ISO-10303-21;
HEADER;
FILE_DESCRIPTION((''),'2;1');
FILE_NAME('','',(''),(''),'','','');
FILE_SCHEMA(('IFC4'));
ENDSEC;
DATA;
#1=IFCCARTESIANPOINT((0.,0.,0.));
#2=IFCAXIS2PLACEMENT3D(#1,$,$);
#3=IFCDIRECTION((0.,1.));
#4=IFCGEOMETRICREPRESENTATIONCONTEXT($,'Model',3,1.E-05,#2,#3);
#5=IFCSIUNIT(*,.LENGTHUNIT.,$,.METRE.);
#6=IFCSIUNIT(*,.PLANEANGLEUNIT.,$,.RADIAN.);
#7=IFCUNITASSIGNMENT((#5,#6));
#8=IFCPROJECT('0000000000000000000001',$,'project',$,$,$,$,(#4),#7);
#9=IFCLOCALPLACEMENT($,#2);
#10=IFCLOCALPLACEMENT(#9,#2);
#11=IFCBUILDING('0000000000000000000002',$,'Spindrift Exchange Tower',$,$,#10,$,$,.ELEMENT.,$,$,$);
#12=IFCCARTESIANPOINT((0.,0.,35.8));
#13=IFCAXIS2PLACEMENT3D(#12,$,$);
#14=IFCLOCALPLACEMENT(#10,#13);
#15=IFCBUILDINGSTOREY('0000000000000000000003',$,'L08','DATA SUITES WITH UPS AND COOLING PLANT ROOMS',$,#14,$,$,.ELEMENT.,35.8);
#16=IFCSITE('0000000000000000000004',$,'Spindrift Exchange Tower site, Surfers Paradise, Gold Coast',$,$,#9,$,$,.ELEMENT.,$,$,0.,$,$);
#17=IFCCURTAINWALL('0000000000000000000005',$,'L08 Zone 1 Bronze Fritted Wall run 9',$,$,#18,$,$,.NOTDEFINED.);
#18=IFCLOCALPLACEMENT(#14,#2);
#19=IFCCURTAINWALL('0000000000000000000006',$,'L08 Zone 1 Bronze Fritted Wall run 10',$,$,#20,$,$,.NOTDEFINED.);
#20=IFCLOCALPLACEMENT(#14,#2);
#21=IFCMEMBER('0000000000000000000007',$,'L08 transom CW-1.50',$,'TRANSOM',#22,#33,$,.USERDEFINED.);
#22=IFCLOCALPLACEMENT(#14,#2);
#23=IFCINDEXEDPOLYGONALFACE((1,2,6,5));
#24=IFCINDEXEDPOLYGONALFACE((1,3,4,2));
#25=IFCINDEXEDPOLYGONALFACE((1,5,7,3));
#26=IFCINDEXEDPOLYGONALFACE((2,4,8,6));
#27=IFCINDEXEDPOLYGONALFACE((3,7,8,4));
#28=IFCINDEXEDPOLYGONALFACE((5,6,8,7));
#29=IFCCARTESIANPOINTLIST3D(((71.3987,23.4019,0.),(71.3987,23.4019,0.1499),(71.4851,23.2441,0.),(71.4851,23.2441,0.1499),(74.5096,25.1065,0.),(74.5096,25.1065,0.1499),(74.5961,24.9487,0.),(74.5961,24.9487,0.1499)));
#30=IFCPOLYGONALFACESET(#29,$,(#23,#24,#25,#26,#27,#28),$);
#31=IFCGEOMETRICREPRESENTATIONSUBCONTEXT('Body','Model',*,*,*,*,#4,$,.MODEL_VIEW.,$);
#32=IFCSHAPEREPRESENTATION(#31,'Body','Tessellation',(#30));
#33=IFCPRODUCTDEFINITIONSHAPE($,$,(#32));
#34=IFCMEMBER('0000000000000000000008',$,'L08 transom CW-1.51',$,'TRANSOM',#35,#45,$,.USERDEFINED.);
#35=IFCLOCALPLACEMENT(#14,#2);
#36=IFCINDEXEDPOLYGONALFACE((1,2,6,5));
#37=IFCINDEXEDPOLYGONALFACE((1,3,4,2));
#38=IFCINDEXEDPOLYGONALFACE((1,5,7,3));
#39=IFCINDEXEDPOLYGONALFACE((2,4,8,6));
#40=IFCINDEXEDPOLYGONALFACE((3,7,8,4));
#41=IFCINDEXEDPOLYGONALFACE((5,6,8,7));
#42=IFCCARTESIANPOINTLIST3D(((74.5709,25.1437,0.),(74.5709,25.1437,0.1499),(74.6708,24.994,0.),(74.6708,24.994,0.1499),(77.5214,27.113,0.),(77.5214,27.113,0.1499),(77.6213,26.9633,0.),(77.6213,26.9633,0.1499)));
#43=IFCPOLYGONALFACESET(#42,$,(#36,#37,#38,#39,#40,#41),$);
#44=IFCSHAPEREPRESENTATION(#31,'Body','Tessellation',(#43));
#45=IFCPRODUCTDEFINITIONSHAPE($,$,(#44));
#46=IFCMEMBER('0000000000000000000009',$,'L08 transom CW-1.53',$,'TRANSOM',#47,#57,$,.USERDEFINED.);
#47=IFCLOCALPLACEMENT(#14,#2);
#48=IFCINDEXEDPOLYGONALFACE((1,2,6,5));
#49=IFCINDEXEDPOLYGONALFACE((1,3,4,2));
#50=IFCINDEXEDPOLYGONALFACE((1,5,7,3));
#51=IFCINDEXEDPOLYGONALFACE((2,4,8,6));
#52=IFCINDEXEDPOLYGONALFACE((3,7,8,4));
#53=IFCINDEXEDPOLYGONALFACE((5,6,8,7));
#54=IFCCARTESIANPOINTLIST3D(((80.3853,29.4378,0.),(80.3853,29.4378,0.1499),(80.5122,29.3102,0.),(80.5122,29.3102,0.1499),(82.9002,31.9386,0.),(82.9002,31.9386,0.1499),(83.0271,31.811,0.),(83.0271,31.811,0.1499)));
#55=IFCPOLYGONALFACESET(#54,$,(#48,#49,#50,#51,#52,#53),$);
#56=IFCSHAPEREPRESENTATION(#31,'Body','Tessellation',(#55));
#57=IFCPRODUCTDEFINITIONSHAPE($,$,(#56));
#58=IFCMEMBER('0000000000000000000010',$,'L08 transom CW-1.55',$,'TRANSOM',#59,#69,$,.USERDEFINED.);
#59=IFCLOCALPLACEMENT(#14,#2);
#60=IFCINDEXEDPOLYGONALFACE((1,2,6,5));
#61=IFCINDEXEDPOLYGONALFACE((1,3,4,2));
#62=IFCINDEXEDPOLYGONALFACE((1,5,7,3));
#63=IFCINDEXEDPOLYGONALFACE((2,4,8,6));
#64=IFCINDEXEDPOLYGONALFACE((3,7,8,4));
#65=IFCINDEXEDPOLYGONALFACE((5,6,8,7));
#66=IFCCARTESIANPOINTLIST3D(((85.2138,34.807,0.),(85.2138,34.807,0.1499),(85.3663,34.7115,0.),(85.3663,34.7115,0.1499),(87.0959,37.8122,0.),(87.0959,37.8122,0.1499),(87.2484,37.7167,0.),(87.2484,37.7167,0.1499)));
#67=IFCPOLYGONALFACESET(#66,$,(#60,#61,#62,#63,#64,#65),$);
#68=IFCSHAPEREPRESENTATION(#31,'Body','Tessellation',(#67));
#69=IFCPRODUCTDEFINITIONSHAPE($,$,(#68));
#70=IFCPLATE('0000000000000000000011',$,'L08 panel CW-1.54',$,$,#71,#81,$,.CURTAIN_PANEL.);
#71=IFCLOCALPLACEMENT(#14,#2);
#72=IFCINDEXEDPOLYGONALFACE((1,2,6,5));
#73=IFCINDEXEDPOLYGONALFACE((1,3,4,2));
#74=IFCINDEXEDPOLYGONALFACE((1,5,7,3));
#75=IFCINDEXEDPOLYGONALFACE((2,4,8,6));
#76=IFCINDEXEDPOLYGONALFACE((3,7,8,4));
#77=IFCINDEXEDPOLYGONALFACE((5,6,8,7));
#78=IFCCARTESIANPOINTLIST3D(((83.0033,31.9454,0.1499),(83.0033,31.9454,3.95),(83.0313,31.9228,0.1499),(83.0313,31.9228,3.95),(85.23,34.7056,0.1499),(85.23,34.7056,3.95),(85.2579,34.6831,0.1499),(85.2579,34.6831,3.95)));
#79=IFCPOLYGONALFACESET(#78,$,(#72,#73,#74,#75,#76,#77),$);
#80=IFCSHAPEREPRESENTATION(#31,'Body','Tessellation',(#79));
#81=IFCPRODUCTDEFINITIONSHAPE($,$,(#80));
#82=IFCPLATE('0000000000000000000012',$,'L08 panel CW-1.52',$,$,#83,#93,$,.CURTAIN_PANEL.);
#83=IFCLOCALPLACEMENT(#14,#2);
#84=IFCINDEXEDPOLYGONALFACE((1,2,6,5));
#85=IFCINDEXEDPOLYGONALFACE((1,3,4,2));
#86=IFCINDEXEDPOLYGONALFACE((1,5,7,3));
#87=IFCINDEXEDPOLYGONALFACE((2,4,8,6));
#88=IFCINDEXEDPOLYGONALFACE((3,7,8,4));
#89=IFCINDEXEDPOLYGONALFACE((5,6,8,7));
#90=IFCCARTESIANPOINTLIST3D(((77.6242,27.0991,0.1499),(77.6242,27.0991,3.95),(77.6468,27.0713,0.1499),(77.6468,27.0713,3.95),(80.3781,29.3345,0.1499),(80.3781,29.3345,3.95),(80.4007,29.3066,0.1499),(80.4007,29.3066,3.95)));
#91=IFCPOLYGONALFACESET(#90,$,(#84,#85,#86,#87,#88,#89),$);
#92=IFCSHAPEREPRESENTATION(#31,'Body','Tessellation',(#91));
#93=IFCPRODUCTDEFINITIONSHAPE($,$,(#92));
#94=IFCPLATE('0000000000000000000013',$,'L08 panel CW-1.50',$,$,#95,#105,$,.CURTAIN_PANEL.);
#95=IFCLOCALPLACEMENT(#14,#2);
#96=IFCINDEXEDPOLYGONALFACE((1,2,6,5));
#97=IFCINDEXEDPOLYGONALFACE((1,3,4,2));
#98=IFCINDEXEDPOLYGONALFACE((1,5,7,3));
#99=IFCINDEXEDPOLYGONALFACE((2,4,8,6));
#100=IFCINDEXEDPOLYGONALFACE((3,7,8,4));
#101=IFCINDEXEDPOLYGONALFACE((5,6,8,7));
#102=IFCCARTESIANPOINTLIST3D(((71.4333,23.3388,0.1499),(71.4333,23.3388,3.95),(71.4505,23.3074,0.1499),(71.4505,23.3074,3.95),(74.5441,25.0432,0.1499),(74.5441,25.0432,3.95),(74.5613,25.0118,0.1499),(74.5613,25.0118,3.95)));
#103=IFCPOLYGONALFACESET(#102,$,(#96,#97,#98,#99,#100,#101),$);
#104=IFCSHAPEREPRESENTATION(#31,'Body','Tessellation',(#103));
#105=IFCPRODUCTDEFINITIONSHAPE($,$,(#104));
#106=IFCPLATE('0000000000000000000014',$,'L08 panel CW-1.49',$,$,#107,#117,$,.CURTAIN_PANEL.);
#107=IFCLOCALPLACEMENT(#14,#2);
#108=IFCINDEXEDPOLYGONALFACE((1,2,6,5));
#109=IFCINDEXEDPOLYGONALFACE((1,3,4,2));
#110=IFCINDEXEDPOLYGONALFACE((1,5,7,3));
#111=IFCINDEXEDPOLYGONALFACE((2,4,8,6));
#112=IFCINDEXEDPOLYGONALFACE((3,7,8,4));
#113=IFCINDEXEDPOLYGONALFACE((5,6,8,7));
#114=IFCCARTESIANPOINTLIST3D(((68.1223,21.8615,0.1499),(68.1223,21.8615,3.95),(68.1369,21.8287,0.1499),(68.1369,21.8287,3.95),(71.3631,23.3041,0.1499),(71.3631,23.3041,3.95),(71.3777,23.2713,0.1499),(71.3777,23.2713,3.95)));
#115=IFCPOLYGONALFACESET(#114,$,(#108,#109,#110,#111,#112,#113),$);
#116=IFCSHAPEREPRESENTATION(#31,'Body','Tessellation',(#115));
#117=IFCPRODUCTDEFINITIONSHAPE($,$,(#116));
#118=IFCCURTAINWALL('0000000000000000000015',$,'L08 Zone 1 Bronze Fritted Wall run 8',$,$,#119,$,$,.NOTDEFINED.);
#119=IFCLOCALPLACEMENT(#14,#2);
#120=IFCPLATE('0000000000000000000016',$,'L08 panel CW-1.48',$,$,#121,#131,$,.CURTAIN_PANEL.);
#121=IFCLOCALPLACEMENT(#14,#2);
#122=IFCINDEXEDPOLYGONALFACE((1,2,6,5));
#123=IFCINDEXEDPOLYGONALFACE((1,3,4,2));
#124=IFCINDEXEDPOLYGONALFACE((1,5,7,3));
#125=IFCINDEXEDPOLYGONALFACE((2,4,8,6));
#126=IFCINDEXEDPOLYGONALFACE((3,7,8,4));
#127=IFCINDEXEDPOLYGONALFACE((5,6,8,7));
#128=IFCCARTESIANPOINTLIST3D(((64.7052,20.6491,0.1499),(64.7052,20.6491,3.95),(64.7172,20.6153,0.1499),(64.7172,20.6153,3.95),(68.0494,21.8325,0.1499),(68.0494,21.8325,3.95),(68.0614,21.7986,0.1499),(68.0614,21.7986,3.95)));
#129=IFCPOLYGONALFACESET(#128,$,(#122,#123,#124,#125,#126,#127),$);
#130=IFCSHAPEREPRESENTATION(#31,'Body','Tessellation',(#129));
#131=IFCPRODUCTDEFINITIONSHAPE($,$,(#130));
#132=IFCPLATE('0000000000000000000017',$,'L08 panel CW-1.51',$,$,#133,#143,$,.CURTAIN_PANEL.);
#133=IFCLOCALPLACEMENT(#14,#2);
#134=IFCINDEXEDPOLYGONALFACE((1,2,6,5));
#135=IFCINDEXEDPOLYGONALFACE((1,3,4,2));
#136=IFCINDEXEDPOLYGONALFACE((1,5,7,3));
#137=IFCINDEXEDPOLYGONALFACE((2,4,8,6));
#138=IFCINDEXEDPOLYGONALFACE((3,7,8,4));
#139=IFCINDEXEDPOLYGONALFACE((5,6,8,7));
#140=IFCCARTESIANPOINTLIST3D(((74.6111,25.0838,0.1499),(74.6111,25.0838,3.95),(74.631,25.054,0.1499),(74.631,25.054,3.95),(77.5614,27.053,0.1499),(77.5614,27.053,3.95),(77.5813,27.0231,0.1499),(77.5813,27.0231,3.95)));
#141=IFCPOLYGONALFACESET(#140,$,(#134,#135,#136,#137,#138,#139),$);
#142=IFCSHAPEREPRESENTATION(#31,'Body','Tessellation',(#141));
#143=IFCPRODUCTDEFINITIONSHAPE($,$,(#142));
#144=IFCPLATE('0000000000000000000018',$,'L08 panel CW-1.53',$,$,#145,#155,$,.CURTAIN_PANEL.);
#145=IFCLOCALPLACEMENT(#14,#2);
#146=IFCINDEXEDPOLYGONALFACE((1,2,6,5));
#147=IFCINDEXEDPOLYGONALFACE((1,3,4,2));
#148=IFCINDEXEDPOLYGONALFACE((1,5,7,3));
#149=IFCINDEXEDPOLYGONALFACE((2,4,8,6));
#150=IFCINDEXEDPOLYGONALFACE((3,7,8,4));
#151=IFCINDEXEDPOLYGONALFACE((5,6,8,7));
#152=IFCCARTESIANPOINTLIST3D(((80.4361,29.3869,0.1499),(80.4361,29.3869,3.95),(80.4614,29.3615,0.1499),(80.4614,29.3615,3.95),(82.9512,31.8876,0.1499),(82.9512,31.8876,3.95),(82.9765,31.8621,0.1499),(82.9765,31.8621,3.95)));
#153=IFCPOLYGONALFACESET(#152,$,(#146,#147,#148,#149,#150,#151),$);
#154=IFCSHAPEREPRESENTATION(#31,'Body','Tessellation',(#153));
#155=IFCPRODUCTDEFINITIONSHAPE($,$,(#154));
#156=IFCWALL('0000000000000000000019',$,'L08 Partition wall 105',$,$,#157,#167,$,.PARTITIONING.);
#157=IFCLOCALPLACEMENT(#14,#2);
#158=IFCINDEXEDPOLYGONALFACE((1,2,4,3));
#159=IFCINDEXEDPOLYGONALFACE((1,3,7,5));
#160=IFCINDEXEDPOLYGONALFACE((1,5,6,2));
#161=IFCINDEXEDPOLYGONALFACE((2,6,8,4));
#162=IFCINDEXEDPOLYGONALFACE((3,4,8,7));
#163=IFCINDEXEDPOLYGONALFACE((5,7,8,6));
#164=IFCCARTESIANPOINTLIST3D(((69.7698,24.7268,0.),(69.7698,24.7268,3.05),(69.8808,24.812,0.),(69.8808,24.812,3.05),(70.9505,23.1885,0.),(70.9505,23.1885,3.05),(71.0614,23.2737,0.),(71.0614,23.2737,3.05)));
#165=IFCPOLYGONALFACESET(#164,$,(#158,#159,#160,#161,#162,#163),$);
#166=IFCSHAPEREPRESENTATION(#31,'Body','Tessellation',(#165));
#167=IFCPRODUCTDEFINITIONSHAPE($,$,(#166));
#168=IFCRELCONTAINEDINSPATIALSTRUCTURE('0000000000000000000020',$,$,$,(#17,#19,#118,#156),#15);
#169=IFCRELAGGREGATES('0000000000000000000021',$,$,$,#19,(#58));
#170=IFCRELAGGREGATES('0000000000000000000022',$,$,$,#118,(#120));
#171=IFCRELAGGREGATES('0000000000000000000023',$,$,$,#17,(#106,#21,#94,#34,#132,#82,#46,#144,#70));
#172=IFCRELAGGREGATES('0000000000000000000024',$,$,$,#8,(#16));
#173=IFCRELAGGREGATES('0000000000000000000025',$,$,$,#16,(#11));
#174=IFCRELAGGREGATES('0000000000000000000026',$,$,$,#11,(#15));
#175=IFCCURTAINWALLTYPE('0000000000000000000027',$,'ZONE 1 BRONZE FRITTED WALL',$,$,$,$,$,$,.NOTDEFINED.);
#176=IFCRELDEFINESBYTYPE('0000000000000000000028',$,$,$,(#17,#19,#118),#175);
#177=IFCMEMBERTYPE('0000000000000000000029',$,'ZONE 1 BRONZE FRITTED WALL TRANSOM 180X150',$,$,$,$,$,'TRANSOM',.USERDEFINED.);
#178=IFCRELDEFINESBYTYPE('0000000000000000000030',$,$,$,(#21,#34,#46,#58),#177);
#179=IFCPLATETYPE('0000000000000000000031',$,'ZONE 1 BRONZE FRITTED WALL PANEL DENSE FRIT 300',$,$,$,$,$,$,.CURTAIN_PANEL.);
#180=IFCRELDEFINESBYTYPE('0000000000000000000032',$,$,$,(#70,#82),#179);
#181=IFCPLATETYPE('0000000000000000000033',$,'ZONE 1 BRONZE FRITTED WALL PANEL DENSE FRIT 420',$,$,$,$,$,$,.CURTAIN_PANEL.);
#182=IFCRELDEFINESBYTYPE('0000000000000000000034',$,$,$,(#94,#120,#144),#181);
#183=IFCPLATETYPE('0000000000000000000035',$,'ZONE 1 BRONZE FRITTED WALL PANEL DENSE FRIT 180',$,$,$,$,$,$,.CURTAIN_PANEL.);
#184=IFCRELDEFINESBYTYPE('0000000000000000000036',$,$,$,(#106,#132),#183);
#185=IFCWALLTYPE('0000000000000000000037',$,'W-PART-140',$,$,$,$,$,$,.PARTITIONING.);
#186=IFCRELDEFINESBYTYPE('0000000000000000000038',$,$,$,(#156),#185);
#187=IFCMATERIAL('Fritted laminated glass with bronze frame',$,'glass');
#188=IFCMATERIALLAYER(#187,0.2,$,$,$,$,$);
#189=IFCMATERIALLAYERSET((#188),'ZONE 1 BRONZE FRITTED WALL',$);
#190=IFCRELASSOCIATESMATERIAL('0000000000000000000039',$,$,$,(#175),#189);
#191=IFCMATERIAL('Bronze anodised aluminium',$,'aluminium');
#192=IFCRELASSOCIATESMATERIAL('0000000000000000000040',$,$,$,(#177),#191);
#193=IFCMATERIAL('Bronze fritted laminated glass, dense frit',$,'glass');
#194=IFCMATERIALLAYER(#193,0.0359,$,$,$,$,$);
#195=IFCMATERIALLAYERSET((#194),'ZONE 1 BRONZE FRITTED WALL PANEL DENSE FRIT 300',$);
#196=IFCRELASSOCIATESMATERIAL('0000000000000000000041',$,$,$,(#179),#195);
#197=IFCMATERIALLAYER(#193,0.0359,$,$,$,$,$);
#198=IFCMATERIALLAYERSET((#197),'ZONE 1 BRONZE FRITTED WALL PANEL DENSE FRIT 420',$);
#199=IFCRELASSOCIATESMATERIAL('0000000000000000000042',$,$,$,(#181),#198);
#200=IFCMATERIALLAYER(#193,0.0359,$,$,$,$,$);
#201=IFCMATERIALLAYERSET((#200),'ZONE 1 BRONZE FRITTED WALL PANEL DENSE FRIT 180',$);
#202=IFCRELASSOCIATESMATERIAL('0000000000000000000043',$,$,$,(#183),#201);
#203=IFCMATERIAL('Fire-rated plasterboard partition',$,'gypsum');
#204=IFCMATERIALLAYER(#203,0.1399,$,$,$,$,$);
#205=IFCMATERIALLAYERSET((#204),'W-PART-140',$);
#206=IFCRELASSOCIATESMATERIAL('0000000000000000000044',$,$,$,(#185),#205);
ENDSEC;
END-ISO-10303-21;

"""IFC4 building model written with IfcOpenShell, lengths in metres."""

from ifc_helpers import new_model, si_unit, direction, frame, frame_2d, origin, origin_2d, place, context, subcontext, project, spatial, rectangle, extrude, source, transform, mapped, material, layer, layer_set, material_profile, profile_set, type_object, element, aggregate, save


model = new_model("IFC4")

# Units and contexts
model_context = context("Model", 3, precision=1e-05, world=origin(), true_north=direction((0.0, 1.0)))
body_context = subcontext(model_context, "Body", "Model", "MODEL_VIEW")
ifc_project = project(units=[si_unit("LENGTHUNIT", "METRE"), si_unit("PLANEANGLEUNIT", "RADIAN")], contexts=[model_context])

# Site, building, storey
site_placement = place(None, origin())
site = spatial("IfcSite", under=ifc_project, at=site_placement, Name="Spindrift Exchange Tower site, Surfers Paradise, Gold Coast", CompositionType="ELEMENT", RefElevation=0.0)
building_placement = place(site_placement, origin())
building = spatial("IfcBuilding", under=site, at=building_placement, Name="Spindrift Exchange Tower", CompositionType="ELEMENT")
storey_placement = place(building_placement, frame((0.0, 0.0, 35.8)))
storey = spatial("IfcBuildingStorey", under=building, at=storey_placement, Name="L08", Description="DATA SUITES WITH UPS AND COOLING PLANT ROOMS", CompositionType="ELEMENT", Elevation=35.8)

# Curtain wall
ifc_material_1 = material(Name="Fritted laminated glass with bronze frame", Category="glass")
ifc_layer_1 = layer(ifc_material_1, 0.2)
ifc_layer_set_1 = layer_set([ifc_layer_1], Name="ZONE 1 BRONZE FRITTED WALL")
curtain_wall_type = type_object("IfcCurtainWallType", Name="ZONE 1 BRONZE FRITTED WALL", PredefinedType="NOTDEFINED", material=ifc_layer_set_1)
curtain_wall_1_placement = place(storey_placement, origin())
curtain_wall_1 = element("IfcCurtainWall", 1, at=curtain_wall_1_placement, inside=storey, type_object=curtain_wall_type, Name="L08 Zone 1 Bronze Fritted Wall run 9", PredefinedType="NOTDEFINED")
ifc_material_2 = material(Name="Bronze anodised aluminium", Category="aluminium")

# Curtain wall
curtain_wall_2_placement = place(storey_placement, origin())
curtain_wall_2 = element("IfcCurtainWall", 2, at=curtain_wall_2_placement, inside=storey, type_object=curtain_wall_type, Name="L08 Zone 1 Bronze Fritted Wall run 10", PredefinedType="NOTDEFINED")

# Members
ifc_material_profile_1 = material_profile(ifc_material_2, rectangle(XDim=0.1799, YDim=0.1499, at=origin_2d()), Name="ZONE 1 BRONZE FRITTED WALL TRANSOM 180X150")
ifc_profile_set_1 = profile_set([ifc_material_profile_1], Name="Bronze anodised aluminium")
member_type_1 = type_object("IfcMemberType", Name="ZONE 1 BRONZE FRITTED WALL TRANSOM 180X150", ElementType="TRANSOM", PredefinedType="USERDEFINED", material=ifc_profile_set_1)
shared_shape_1 = source(origin(), body_context, "Body", "SweptSolid", [
    extrude(rectangle(XDim=0.1799, YDim=0.1499, at=origin_2d()), origin(), (0.0, 0.0, 1.0), 3.5474),
])
member_1_placement = place(storey_placement, frame((71.4419, 23.323, 0.075), z_axis=(0.876973, 0.480539, 0.0), x_axis=(-0.480539, 0.876973, 0.0)))
member_1 = element("IfcMember", 3, at=member_1_placement, type_object=member_type_1, Name="L08 transom CW-1.50", ObjectType="TRANSOM", PredefinedType="USERDEFINED", context=body_context, shape_type="MappedRepresentation", body=[
    mapped(shared_shape_1, transform((0.0, 0.0, 0.0), scale=1.0)),
])
member_2_placement = place(storey_placement, frame((74.6208, 25.0688, 0.075), z_axis=(0.831754, 0.555145, 0.0), x_axis=(-0.555145, 0.831754, 0.0)))
member_2 = element("IfcMember", 4, at=member_2_placement, type_object=member_type_1, Name="L08 transom CW-1.51", ObjectType="TRANSOM", PredefinedType="USERDEFINED", context=body_context, shape_type="MappedRepresentation", body=[
    mapped(shared_shape_1, transform((0.0, 0.0, 0.0), scale=1.0)),
])
shared_shape_2 = source(origin(), body_context, "Body", "SweptSolid", [
    extrude(rectangle(XDim=0.1799, YDim=0.1499, at=origin_2d()), origin(), (0.0, 0.0, 1.0), 3.5466),
])
member_3_placement = place(storey_placement, frame((80.4487, 29.374, 0.075), z_axis=(0.7091, 0.705108, 0.0), x_axis=(-0.705108, 0.7091, 0.0)))
member_3 = element("IfcMember", 5, at=member_3_placement, type_object=member_type_1, Name="L08 transom CW-1.53", ObjectType="TRANSOM", PredefinedType="USERDEFINED", context=body_context, shape_type="MappedRepresentation", body=[
    mapped(shared_shape_2, transform((0.0, 0.0, 0.0), scale=1.0)),
])
shared_shape_3 = source(origin(), body_context, "Body", "SweptSolid", [
    extrude(rectangle(XDim=0.1799, YDim=0.1499, at=origin_2d()), origin(), (0.0, 0.0, 1.0), 3.5459),
])
member_4_placement = place(storey_placement, frame((85.29, 34.7593, 0.075), z_axis=(0.530785, 0.847507, 0.0), x_axis=(-0.847507, 0.530785, 0.0)))
member_4 = element("IfcMember", 6, at=member_4_placement, type_object=member_type_1, Name="L08 transom CW-1.55", ObjectType="TRANSOM", PredefinedType="USERDEFINED", context=body_context, shape_type="MappedRepresentation", body=[
    mapped(shared_shape_3, transform((0.0, 0.0, 0.0), scale=1.0)),
])
aggregate(curtain_wall_2, [member_4])

# Plates
ifc_material_3 = material(Name="Bronze fritted laminated glass, dense frit", Category="glass")
ifc_layer_2 = layer(ifc_material_3, 0.0359)
ifc_layer_set_2 = layer_set([ifc_layer_2], Name="ZONE 1 BRONZE FRITTED WALL PANEL DENSE FRIT 300")
plate_type_1 = type_object("IfcPlateType", Name="ZONE 1 BRONZE FRITTED WALL PANEL DENSE FRIT 300", PredefinedType="CURTAIN_PANEL", material=ifc_layer_set_2)
shared_shape_4 = source(origin(), body_context, "Body", "SweptSolid", [
    extrude(rectangle(XDim=3.5464, YDim=0.0359, at=origin_2d()), origin(), (0.0, 0.0, 1.0), 3.8),
])
plate_1_placement = place(storey_placement, frame((84.1306, 33.3142, 0.1499), z_axis=(0.0, 0.0, 1.0), x_axis=(0.627864, 0.778323, 0.0)))
plate_1 = element("IfcPlate", 7, at=plate_1_placement, type_object=plate_type_1, Name="L08 panel CW-1.54", PredefinedType="CURTAIN_PANEL", context=body_context, shape_type="MappedRepresentation", body=[
    mapped(shared_shape_4, transform((0.0, 0.0, 0.0), scale=1.0)),
])
shared_shape_5 = source(origin(), body_context, "Body", "SweptSolid", [
    extrude(rectangle(XDim=3.5469, YDim=0.0359, at=origin_2d()), origin(), (0.0, 0.0, 1.0), 3.8),
])
plate_2_placement = place(storey_placement, frame((79.0125, 28.2029, 0.1499), z_axis=(0.0, 0.0, 1.0), x_axis=(0.776413, 0.630225, 0.0)))
plate_2 = element("IfcPlate", 8, at=plate_2_placement, type_object=plate_type_1, Name="L08 panel CW-1.52", PredefinedType="CURTAIN_PANEL", context=body_context, shape_type="MappedRepresentation", body=[
    mapped(shared_shape_5, transform((0.0, 0.0, 0.0), scale=1.0)),
])
ifc_layer_3 = layer(ifc_material_3, 0.0359)
ifc_layer_set_3 = layer_set([ifc_layer_3], Name="ZONE 1 BRONZE FRITTED WALL PANEL DENSE FRIT 420")
plate_type_2 = type_object("IfcPlateType", Name="ZONE 1 BRONZE FRITTED WALL PANEL DENSE FRIT 420", PredefinedType="CURTAIN_PANEL", material=ifc_layer_set_3)
shared_shape_6 = source(origin(), body_context, "Body", "SweptSolid", [
    extrude(rectangle(XDim=3.5471, YDim=0.0359, at=origin_2d()), origin(), (0.0, 0.0, 1.0), 3.8),
])
plate_3_placement = place(storey_placement, frame((72.9973, 24.1753, 0.1499), z_axis=(0.0, 0.0, 1.0), x_axis=(0.876994, 0.480501, 0.0)))
plate_3 = element("IfcPlate", 9, at=plate_3_placement, type_object=plate_type_2, Name="L08 panel CW-1.50", PredefinedType="CURTAIN_PANEL", context=body_context, shape_type="MappedRepresentation", body=[
    mapped(shared_shape_6, transform((0.0, 0.0, 0.0), scale=1.0)),
])
ifc_layer_4 = layer(ifc_material_3, 0.0359)
ifc_layer_set_4 = layer_set([ifc_layer_4], Name="ZONE 1 BRONZE FRITTED WALL PANEL DENSE FRIT 180")
plate_type_3 = type_object("IfcPlateType", Name="ZONE 1 BRONZE FRITTED WALL PANEL DENSE FRIT 180", PredefinedType="CURTAIN_PANEL", material=ifc_layer_set_4)
shared_shape_7 = source(origin(), body_context, "Body", "SweptSolid", [
    extrude(rectangle(XDim=3.5474, YDim=0.0359, at=origin_2d()), origin(), (0.0, 0.0, 1.0), 3.8),
])
plate_4_placement = place(storey_placement, frame((69.75, 22.5664, 0.1499), z_axis=(0.0, 0.0, 1.0), x_axis=(0.913576, 0.406668, 0.0)))
plate_4 = element("IfcPlate", 10, at=plate_4_placement, type_object=plate_type_3, Name="L08 panel CW-1.49", PredefinedType="CURTAIN_PANEL", context=body_context, shape_type="MappedRepresentation", body=[
    mapped(shared_shape_7, transform((0.0, 0.0, 0.0), scale=1.0)),
])

# Curtain wall, plate
curtain_wall_3_placement = place(storey_placement, origin())
curtain_wall_3 = element("IfcCurtainWall", 11, at=curtain_wall_3_placement, inside=storey, type_object=curtain_wall_type, Name="L08 Zone 1 Bronze Fritted Wall run 8", PredefinedType="NOTDEFINED")
shared_shape_8 = source(origin(), body_context, "Body", "SweptSolid", [
    extrude(rectangle(XDim=3.5474, YDim=0.0359, at=origin_2d()), origin(), (0.0, 0.0, 1.0), 3.8),
])
plate_5_placement = place(storey_placement, frame((66.3833, 21.2239, 0.1499), z_axis=(0.0, 0.0, 1.0), x_axis=(0.94272, 0.333585, 0.0)))
plate_5 = element("IfcPlate", 12, at=plate_5_placement, type_object=plate_type_2, Name="L08 panel CW-1.48", PredefinedType="CURTAIN_PANEL", context=body_context, shape_type="MappedRepresentation", body=[
    mapped(shared_shape_8, transform((0.0, 0.0, 0.0), scale=1.0)),
])
aggregate(curtain_wall_3, [plate_5])

# Plates
shared_shape_9 = source(origin(), body_context, "Body", "SweptSolid", [
    extrude(rectangle(XDim=3.5471, YDim=0.0359, at=origin_2d()), origin(), (0.0, 0.0, 1.0), 3.8),
])
plate_6_placement = place(storey_placement, frame((76.0962, 26.0535, 0.1499), z_axis=(0.0, 0.0, 1.0), x_axis=(0.831757, 0.555139, 0.0)))
plate_6 = element("IfcPlate", 13, at=plate_6_placement, type_object=plate_type_3, Name="L08 panel CW-1.51", PredefinedType="CURTAIN_PANEL", context=body_context, shape_type="MappedRepresentation", body=[
    mapped(shared_shape_9, transform((0.0, 0.0, 0.0), scale=1.0)),
])
shared_shape_10 = source(origin(), body_context, "Body", "SweptSolid", [
    extrude(rectangle(XDim=3.5466, YDim=0.0359, at=origin_2d()), origin(), (0.0, 0.0, 1.0), 3.8),
])
plate_7_placement = place(storey_placement, frame((81.7063, 30.6245, 0.1499), z_axis=(0.0, 0.0, 1.0), x_axis=(0.70913, 0.705077, 0.0)))
plate_7 = element("IfcPlate", 14, at=plate_7_placement, type_object=plate_type_2, Name="L08 panel CW-1.53", PredefinedType="CURTAIN_PANEL", context=body_context, shape_type="MappedRepresentation", body=[
    mapped(shared_shape_10, transform((0.0, 0.0, 0.0), scale=1.0)),
])
aggregate(curtain_wall_1, [plate_4, member_1, plate_3, member_2, plate_6, plate_2, member_3, plate_7, plate_1])

# Wall
ifc_material_4 = material(Name="Fire-rated plasterboard partition", Category="gypsum")
ifc_layer_5 = layer(ifc_material_4, 0.1399)
ifc_layer_set_5 = layer_set([ifc_layer_5], Name="W-PART-140")
wall_type = type_object("IfcWallType", Name="W-PART-140", PredefinedType="PARTITIONING", material=ifc_layer_set_5)
wall_placement = place(storey_placement, frame((69.8252, 24.7695, 0.0), z_axis=(0.0, 0.0, 1.0), x_axis=(0.608846, -0.793288, 0.0)))
element("IfcWall", 15, at=wall_placement, inside=storey, type_object=wall_type, Name="L08 Partition wall 105", PredefinedType="PARTITIONING", context=body_context, shape_type="SweptSolid", body=[
    extrude(rectangle(XDim=1.9392, YDim=0.1399, at=frame_2d((0.9697, 0.0))), origin(), (0.0, 0.0, 1.0), 3.05),
])

save(model, "model.ifc")
